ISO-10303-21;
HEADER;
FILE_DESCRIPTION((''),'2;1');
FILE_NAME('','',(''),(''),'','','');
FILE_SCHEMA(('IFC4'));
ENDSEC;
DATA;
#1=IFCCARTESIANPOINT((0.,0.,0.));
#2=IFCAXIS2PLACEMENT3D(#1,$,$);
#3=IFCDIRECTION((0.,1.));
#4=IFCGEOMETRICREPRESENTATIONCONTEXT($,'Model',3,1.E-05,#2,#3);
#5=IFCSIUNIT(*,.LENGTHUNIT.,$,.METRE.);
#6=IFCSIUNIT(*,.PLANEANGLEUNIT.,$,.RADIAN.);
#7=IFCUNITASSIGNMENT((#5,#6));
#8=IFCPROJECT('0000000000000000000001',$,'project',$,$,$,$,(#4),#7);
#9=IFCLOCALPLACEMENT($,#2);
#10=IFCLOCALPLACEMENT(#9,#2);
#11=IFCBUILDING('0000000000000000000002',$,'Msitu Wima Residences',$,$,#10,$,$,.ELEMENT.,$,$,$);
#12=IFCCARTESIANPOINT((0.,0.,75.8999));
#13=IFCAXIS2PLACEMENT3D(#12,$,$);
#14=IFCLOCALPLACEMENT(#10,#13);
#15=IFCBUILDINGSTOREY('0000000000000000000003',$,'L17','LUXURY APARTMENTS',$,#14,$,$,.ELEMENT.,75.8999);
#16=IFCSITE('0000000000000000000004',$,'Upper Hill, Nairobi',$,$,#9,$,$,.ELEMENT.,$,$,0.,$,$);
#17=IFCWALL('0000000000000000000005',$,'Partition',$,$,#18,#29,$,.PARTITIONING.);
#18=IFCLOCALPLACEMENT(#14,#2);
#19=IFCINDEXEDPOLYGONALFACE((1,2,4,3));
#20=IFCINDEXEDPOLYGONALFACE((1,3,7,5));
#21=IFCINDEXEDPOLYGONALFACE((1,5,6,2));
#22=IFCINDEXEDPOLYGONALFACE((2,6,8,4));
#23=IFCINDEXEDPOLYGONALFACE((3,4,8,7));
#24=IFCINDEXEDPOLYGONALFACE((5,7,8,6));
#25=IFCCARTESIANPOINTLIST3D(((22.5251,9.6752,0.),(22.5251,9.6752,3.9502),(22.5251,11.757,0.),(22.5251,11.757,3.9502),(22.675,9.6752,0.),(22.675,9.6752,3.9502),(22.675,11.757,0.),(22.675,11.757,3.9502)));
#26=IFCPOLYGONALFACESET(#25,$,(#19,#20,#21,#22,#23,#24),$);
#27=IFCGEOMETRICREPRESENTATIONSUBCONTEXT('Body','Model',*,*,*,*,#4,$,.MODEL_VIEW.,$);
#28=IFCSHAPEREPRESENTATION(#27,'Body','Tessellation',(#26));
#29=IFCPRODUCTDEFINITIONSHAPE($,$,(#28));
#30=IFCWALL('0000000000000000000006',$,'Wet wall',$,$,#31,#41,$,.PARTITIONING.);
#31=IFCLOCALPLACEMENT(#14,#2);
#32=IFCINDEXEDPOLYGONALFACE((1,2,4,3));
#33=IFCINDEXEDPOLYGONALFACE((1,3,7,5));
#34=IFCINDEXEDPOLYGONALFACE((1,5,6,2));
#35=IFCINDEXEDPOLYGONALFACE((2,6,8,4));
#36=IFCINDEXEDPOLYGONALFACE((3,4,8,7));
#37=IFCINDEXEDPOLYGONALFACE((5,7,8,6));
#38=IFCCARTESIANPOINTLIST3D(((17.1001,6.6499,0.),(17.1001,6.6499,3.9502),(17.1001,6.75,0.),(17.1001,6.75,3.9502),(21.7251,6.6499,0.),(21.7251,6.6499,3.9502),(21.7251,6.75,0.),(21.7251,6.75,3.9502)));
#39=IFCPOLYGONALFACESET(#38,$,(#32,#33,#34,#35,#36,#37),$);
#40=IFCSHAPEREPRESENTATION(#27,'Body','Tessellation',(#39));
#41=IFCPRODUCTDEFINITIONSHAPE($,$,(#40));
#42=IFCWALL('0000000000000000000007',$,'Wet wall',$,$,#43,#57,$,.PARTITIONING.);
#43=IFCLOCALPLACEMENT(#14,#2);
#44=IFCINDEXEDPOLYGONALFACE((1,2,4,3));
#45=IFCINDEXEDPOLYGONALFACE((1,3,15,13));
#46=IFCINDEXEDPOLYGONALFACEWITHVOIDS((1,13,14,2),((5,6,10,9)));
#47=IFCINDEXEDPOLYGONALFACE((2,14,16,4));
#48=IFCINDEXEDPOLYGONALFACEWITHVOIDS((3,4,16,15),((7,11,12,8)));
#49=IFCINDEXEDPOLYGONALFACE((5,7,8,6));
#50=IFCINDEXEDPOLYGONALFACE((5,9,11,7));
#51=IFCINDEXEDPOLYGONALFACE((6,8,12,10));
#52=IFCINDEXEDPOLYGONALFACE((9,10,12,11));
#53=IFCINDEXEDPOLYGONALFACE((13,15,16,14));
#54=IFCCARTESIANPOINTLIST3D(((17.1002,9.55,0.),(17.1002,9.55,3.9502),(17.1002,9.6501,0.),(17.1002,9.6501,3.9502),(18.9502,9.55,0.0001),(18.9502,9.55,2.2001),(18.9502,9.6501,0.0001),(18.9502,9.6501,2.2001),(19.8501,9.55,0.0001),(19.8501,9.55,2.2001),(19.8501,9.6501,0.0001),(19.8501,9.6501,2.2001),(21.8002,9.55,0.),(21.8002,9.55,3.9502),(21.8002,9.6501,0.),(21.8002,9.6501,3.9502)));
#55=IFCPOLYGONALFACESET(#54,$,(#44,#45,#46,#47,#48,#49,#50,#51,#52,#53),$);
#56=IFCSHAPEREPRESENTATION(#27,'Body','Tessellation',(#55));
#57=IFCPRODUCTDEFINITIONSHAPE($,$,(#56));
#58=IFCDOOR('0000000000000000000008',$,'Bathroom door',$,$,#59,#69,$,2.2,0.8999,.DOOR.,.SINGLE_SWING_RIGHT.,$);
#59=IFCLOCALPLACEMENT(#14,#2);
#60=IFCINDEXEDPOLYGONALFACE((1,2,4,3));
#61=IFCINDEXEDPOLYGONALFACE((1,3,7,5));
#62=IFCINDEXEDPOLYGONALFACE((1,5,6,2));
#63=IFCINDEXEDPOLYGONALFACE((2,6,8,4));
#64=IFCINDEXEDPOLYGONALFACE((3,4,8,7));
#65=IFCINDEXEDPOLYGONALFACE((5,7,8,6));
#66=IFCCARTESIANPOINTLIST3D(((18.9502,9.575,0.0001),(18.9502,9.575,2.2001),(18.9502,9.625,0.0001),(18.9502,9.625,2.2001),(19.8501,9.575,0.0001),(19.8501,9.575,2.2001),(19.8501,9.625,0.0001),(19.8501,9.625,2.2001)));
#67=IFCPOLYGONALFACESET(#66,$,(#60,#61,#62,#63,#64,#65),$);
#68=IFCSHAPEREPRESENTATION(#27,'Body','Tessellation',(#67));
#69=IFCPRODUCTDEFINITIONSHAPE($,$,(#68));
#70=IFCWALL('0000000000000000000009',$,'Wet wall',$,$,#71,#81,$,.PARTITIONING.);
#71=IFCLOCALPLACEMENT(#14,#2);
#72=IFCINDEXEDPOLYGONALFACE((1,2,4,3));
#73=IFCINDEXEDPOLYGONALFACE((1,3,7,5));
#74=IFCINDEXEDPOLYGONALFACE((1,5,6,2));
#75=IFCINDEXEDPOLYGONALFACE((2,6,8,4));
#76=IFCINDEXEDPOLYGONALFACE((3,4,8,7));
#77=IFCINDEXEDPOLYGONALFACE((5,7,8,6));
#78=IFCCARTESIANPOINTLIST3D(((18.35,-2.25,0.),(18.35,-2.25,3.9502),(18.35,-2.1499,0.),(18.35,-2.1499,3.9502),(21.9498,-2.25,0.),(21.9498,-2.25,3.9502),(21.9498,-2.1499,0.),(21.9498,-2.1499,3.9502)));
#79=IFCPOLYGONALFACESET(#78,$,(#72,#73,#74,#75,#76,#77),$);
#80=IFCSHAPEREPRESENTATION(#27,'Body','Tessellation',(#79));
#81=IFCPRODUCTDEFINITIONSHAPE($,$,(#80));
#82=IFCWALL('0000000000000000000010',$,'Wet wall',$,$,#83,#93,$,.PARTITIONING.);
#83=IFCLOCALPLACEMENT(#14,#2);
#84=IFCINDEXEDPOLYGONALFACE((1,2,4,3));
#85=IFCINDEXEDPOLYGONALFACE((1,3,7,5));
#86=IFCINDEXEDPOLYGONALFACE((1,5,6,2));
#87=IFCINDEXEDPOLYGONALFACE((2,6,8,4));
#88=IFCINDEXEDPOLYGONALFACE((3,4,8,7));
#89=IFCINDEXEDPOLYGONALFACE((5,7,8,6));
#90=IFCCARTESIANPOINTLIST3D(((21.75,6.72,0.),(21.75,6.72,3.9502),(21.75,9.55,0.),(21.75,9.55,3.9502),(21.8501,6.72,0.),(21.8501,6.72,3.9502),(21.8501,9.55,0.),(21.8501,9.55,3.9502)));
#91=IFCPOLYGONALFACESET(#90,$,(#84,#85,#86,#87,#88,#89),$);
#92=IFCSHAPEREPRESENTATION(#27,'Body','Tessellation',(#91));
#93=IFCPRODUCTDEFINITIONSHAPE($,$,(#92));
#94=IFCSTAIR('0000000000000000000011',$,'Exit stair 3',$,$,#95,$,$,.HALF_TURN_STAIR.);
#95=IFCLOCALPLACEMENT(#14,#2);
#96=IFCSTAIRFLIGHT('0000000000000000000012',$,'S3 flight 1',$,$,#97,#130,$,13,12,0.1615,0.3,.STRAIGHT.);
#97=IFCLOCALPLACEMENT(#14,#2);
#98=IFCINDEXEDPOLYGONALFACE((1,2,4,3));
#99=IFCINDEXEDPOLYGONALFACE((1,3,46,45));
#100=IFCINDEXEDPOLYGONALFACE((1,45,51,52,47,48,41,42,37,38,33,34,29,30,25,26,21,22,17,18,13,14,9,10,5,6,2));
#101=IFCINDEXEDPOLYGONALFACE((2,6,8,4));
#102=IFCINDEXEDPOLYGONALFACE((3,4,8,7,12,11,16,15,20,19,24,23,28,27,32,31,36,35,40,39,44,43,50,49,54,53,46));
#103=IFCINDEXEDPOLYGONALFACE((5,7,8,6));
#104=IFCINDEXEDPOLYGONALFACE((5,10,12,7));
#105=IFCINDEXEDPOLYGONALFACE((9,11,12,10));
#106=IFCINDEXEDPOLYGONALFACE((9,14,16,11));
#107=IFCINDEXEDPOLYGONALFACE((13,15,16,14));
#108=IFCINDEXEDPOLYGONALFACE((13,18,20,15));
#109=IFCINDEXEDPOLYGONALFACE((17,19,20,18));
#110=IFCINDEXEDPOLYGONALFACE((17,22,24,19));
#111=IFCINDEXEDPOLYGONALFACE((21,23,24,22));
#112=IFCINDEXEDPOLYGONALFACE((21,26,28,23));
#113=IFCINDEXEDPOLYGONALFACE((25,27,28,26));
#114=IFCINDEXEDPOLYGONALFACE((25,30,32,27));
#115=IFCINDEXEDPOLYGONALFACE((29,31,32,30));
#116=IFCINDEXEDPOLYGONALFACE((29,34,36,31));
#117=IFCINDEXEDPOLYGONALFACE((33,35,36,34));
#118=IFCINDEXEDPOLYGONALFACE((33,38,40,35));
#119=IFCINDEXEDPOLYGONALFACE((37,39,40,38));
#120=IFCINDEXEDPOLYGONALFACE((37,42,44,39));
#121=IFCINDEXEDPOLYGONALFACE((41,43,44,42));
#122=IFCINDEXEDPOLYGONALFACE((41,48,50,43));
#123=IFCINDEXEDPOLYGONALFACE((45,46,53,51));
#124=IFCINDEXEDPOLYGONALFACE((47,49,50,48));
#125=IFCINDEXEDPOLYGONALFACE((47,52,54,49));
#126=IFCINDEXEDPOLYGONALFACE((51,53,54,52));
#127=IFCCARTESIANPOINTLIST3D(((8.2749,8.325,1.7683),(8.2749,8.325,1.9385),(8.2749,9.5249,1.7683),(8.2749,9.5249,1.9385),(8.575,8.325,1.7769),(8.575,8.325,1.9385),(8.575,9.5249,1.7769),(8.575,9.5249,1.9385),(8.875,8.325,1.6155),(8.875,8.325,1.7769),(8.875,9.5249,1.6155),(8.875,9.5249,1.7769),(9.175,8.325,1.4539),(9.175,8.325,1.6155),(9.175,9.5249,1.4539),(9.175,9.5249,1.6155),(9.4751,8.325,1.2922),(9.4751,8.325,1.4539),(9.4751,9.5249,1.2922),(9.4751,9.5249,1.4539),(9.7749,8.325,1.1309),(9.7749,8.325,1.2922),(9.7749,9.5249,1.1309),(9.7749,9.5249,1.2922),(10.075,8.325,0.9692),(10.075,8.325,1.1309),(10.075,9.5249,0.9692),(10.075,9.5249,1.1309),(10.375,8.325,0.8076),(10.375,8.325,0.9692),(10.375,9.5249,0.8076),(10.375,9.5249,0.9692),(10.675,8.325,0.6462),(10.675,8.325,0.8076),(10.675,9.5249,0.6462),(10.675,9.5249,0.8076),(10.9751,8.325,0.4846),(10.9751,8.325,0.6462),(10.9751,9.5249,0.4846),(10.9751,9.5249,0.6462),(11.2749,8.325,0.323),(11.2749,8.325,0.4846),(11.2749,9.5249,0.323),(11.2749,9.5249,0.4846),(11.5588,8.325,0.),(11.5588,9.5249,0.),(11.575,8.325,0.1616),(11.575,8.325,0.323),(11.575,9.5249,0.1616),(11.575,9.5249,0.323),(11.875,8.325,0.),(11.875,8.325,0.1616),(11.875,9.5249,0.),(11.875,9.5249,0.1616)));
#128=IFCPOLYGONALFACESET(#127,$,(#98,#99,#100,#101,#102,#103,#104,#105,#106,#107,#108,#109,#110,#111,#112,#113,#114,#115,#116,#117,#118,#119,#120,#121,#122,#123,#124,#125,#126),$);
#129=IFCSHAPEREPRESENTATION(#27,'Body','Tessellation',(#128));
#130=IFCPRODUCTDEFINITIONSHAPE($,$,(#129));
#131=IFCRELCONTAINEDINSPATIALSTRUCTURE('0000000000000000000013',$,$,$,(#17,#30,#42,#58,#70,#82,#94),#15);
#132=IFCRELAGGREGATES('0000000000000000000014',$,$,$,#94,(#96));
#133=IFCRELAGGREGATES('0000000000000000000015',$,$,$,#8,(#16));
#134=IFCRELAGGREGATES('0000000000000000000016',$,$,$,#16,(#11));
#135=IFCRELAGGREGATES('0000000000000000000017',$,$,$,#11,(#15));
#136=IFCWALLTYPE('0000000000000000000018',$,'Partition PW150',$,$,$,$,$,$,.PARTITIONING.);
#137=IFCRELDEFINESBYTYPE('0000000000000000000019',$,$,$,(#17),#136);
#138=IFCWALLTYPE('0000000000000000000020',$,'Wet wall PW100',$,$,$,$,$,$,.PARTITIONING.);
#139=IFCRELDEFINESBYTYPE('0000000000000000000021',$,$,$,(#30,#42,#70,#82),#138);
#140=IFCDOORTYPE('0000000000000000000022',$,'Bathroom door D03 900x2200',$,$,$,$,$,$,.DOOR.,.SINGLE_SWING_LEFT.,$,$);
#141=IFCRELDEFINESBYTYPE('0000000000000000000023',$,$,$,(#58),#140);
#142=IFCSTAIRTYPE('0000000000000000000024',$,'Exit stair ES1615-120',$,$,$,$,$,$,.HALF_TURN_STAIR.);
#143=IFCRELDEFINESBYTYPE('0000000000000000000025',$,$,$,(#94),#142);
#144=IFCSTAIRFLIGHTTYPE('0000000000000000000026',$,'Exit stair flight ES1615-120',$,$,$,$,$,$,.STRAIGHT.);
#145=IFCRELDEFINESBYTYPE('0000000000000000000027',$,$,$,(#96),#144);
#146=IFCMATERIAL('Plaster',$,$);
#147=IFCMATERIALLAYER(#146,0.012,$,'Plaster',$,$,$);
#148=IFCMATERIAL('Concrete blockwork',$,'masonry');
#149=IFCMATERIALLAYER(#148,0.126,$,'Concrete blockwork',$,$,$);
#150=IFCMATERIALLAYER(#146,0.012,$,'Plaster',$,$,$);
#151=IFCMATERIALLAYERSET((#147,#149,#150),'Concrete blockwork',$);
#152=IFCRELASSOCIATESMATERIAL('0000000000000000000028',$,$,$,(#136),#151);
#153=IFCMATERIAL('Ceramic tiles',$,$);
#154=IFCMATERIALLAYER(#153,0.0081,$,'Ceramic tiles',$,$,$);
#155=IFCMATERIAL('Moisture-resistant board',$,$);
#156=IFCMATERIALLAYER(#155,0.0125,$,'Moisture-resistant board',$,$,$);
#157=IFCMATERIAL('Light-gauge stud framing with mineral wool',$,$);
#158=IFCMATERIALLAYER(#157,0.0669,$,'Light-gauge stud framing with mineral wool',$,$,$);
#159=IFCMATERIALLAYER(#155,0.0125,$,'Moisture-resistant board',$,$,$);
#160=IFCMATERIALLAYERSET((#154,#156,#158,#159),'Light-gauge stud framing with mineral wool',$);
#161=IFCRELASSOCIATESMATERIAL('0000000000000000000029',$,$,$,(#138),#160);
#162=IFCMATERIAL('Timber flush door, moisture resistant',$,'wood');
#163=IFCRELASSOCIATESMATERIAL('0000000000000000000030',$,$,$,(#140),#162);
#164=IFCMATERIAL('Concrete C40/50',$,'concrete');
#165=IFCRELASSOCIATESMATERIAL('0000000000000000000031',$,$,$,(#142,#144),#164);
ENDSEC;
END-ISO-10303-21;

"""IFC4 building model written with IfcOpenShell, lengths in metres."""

from ifc_helpers import new_model, si_unit, direction, frame, frame_2d, origin, place, context, subcontext, project, spatial, polyline, rectangle, outline, extrude, material, layer, layer_set, type_object, element, fill, aggregate, save


model = new_model("IFC4")

# Units and contexts
model_context = context("Model", 3, precision=1e-05, world=origin(), true_north=direction((0.0, 1.0)))
body_context = subcontext(model_context, "Body", "Model", "MODEL_VIEW")
ifc_project = project(units=[si_unit("LENGTHUNIT", "METRE"), si_unit("PLANEANGLEUNIT", "RADIAN")], contexts=[model_context])

# Site, building, storey
site_placement = place(None, origin())
site = spatial("IfcSite", under=ifc_project, at=site_placement, Name="Upper Hill, Nairobi", CompositionType="ELEMENT", RefElevation=0.0)
building_placement = place(site_placement, origin())
building = spatial("IfcBuilding", under=site, at=building_placement, Name="Msitu Wima Residences", CompositionType="ELEMENT")
storey_placement = place(building_placement, frame((0.0, 0.0, 75.8999)))
storey = spatial("IfcBuildingStorey", under=building, at=storey_placement, Name="L17", Description="LUXURY APARTMENTS", CompositionType="ELEMENT", Elevation=75.8999)

# Shared definitions
ifc_material_1 = material(Name="Concrete C40/50", Category="concrete")

# Shared definitions
ifc_material_2 = material(Name="Plaster")
ifc_layer_1 = layer(ifc_material_2, 0.012, Name="Plaster")
ifc_material_3 = material(Name="Concrete blockwork", Category="masonry")
ifc_layer_2 = layer(ifc_material_3, 0.126, Name="Concrete blockwork")
ifc_layer_3 = layer(ifc_material_2, 0.012, Name="Plaster")
ifc_layer_set_1 = layer_set([ifc_layer_1, ifc_layer_2, ifc_layer_3], Name="Concrete blockwork")
wall_type_1 = type_object("IfcWallType", Name="Partition PW150", PredefinedType="PARTITIONING", material=ifc_layer_set_1)

# Walls
wall_1_placement = place(storey_placement, frame((22.6001, 9.675, 0.0), z_axis=(0.0, 0.0, 1.0), x_axis=(0.0, 1.0, 0.0)))
element("IfcWall", 1, at=wall_1_placement, inside=storey, type_object=wall_type_1, Name="Partition", PredefinedType="PARTITIONING", context=body_context, shape_type="SweptSolid", body=[
    extrude(rectangle(XDim=2.0818, YDim=0.1499, at=frame_2d((1.041, 0.0))), origin(), (0.0, 0.0, 1.0), 3.9502),
])
ifc_material_4 = material(Name="Ceramic tiles")
ifc_layer_4 = layer(ifc_material_4, 0.0081, Name="Ceramic tiles")
ifc_material_5 = material(Name="Moisture-resistant board")
ifc_layer_5 = layer(ifc_material_5, 0.0125, Name="Moisture-resistant board")
ifc_material_6 = material(Name="Light-gauge stud framing with mineral wool")
ifc_layer_6 = layer(ifc_material_6, 0.0669, Name="Light-gauge stud framing with mineral wool")
ifc_layer_7 = layer(ifc_material_5, 0.0125, Name="Moisture-resistant board")
ifc_layer_set_2 = layer_set([ifc_layer_4, ifc_layer_5, ifc_layer_6, ifc_layer_7], Name="Light-gauge stud framing with mineral wool")
wall_type_2 = type_object("IfcWallType", Name="Wet wall PW100", PredefinedType="PARTITIONING", material=ifc_layer_set_2)
wall_2_placement = place(storey_placement, frame((17.1001, 6.7, 0.0), z_axis=(0.0, 0.0, 1.0), x_axis=(1.0, 0.0, 0.0)))
element("IfcWall", 2, at=wall_2_placement, inside=storey, type_object=wall_type_2, Name="Wet wall", PredefinedType="PARTITIONING", context=body_context, shape_type="SweptSolid", body=[
    extrude(rectangle(XDim=4.625, YDim=0.1001, at=frame_2d((2.3125, 0.0))), origin(), (0.0, 0.0, 1.0), 3.9502),
])

# Wall, opening, door
wall_3_placement = place(storey_placement, frame((17.1001, 9.6001, 0.0), z_axis=(0.0, 0.0, 1.0), x_axis=(1.0, 0.0, 0.0)))
wall_3 = element("IfcWall", 3, at=wall_3_placement, inside=storey, type_object=wall_type_2, Name="Wet wall", PredefinedType="PARTITIONING", context=body_context, shape_type="SweptSolid", body=[
    extrude(rectangle(XDim=4.7, YDim=0.1001, at=frame_2d((2.3501, 0.0))), origin(), (0.0, 0.0, 1.0), 3.9502),
])
opening_1_placement = place(wall_3_placement, frame((1.8501, 0.0, 0.0)))
opening_1 = element("IfcOpeningElement", 4, at=opening_1_placement, cuts=wall_3, PredefinedType="OPENING", context=body_context, shape_type="SweptSolid", body=[
    extrude(rectangle(XDim=0.8999, YDim=2.2, at=frame_2d((0.45, 1.1001))), frame((0.0, 0.0601, 0.0), z_axis=(0.0, -1.0, 0.0), x_axis=(1.0, 0.0, 0.0)), (0.0, 0.0, 1.0), 0.1201),
])
ifc_material_7 = material(Name="Timber flush door, moisture resistant", Category="wood")
door_type_1 = type_object("IfcDoorType", Name="Bathroom door D03 900x2200", OperationType="SINGLE_SWING_LEFT", PredefinedType="DOOR", material=ifc_material_7)
door_1_placement = place(opening_1_placement, origin())
door_1 = element("IfcDoor", 5, at=door_1_placement, inside=storey, type_object=door_type_1, Name="Bathroom door", OperationType="SINGLE_SWING_RIGHT", OverallHeight=2.2, OverallWidth=0.8999, PredefinedType="DOOR", context=body_context, shape_type="SweptSolid", body=[
    extrude(rectangle(XDim=0.8999, YDim=2.2, at=frame_2d((0.45, 1.1001))), frame((0.0, 0.0249, 0.0), z_axis=(0.0, -1.0, 0.0), x_axis=(1.0, 0.0, 0.0)), (0.0, 0.0, 1.0), 0.05),
])
fill(opening_1, door_1)

# Walls
wall_4_placement = place(storey_placement, frame((18.3501, -2.2, 0.0), z_axis=(0.0, 0.0, 1.0), x_axis=(1.0, 0.0, 0.0)))
element("IfcWall", 6, at=wall_4_placement, inside=storey, type_object=wall_type_2, Name="Wet wall", PredefinedType="PARTITIONING", context=body_context, shape_type="SweptSolid", body=[
    extrude(rectangle(XDim=3.5999, YDim=0.1001, at=frame_2d((1.7998, 0.0))), origin(), (0.0, 0.0, 1.0), 3.9502),
])
wall_5_placement = place(storey_placement, frame((21.8, 6.72, 0.0), z_axis=(0.0, 0.0, 1.0), x_axis=(0.0, 1.0, 0.0)))
element("IfcWall", 7, at=wall_5_placement, inside=storey, type_object=wall_type_2, Name="Wet wall", PredefinedType="PARTITIONING", context=body_context, shape_type="SweptSolid", body=[
    extrude(rectangle(XDim=2.8301, YDim=0.1001, at=frame_2d((1.415, 0.0))), origin(), (0.0, 0.0, 1.0), 3.9502),
])

# Stair, stair flight
stair_type = type_object("IfcStairType", Name="Exit stair ES1615-120", PredefinedType="HALF_TURN_STAIR", material=ifc_material_1)
stair_placement = place(storey_placement, origin())
stair = element("IfcStair", 8, at=stair_placement, inside=storey, type_object=stair_type, Name="Exit stair 3", PredefinedType="HALF_TURN_STAIR")
stair_flight_type = type_object("IfcStairFlightType", Name="Exit stair flight ES1615-120", PredefinedType="STRAIGHT", material=ifc_material_1)
stair_flight_placement = place(storey_placement, frame((11.875, 8.925, 0.0), z_axis=(0.0, 0.0, 1.0), x_axis=(-1.0, 0.0, 0.0)))
stair_flight = element("IfcStairFlight", 9, at=stair_flight_placement, type_object=stair_flight_type, Name="S3 flight 1", NumberOfRisers=13, NumberOfTreads=12, PredefinedType="STRAIGHT", RiserHeight=0.1615, TreadLength=0.3, context=body_context, shape_type="SweptSolid", body=[
    extrude(outline(polyline([(0.0, 0.0), (0.0, 0.1616), (0.3, 0.1616), (0.3, 0.323), (0.6001, 0.323), (0.6001, 0.4846), (0.8999, 0.4846), (0.8999, 0.6462), (1.2, 0.6462), (1.2, 0.8076), (1.5, 0.8076), (1.5, 0.9692), (1.8, 0.9692), (1.8, 1.1309), (2.1001, 1.1309), (2.1001, 1.2922), (2.3999, 1.2922), (2.3999, 1.4539), (2.7, 1.4539), (2.7, 1.6155), (3.0, 1.6155), (3.0, 1.7769), (3.3, 1.7769), (3.3, 1.9385), (3.6001, 1.9385), (3.6001, 2.1001), (3.6001, 1.7683), (0.3162, 0.0), (0.0, 0.0)])), frame((0.0, 0.6001, 0.0), z_axis=(0.0, -1.0, 0.0), x_axis=(1.0, 0.0, 0.0)), (0.0, 0.0, 1.0), 1.2),
])
aggregate(stair, [stair_flight])

save(model, "model.ifc")
